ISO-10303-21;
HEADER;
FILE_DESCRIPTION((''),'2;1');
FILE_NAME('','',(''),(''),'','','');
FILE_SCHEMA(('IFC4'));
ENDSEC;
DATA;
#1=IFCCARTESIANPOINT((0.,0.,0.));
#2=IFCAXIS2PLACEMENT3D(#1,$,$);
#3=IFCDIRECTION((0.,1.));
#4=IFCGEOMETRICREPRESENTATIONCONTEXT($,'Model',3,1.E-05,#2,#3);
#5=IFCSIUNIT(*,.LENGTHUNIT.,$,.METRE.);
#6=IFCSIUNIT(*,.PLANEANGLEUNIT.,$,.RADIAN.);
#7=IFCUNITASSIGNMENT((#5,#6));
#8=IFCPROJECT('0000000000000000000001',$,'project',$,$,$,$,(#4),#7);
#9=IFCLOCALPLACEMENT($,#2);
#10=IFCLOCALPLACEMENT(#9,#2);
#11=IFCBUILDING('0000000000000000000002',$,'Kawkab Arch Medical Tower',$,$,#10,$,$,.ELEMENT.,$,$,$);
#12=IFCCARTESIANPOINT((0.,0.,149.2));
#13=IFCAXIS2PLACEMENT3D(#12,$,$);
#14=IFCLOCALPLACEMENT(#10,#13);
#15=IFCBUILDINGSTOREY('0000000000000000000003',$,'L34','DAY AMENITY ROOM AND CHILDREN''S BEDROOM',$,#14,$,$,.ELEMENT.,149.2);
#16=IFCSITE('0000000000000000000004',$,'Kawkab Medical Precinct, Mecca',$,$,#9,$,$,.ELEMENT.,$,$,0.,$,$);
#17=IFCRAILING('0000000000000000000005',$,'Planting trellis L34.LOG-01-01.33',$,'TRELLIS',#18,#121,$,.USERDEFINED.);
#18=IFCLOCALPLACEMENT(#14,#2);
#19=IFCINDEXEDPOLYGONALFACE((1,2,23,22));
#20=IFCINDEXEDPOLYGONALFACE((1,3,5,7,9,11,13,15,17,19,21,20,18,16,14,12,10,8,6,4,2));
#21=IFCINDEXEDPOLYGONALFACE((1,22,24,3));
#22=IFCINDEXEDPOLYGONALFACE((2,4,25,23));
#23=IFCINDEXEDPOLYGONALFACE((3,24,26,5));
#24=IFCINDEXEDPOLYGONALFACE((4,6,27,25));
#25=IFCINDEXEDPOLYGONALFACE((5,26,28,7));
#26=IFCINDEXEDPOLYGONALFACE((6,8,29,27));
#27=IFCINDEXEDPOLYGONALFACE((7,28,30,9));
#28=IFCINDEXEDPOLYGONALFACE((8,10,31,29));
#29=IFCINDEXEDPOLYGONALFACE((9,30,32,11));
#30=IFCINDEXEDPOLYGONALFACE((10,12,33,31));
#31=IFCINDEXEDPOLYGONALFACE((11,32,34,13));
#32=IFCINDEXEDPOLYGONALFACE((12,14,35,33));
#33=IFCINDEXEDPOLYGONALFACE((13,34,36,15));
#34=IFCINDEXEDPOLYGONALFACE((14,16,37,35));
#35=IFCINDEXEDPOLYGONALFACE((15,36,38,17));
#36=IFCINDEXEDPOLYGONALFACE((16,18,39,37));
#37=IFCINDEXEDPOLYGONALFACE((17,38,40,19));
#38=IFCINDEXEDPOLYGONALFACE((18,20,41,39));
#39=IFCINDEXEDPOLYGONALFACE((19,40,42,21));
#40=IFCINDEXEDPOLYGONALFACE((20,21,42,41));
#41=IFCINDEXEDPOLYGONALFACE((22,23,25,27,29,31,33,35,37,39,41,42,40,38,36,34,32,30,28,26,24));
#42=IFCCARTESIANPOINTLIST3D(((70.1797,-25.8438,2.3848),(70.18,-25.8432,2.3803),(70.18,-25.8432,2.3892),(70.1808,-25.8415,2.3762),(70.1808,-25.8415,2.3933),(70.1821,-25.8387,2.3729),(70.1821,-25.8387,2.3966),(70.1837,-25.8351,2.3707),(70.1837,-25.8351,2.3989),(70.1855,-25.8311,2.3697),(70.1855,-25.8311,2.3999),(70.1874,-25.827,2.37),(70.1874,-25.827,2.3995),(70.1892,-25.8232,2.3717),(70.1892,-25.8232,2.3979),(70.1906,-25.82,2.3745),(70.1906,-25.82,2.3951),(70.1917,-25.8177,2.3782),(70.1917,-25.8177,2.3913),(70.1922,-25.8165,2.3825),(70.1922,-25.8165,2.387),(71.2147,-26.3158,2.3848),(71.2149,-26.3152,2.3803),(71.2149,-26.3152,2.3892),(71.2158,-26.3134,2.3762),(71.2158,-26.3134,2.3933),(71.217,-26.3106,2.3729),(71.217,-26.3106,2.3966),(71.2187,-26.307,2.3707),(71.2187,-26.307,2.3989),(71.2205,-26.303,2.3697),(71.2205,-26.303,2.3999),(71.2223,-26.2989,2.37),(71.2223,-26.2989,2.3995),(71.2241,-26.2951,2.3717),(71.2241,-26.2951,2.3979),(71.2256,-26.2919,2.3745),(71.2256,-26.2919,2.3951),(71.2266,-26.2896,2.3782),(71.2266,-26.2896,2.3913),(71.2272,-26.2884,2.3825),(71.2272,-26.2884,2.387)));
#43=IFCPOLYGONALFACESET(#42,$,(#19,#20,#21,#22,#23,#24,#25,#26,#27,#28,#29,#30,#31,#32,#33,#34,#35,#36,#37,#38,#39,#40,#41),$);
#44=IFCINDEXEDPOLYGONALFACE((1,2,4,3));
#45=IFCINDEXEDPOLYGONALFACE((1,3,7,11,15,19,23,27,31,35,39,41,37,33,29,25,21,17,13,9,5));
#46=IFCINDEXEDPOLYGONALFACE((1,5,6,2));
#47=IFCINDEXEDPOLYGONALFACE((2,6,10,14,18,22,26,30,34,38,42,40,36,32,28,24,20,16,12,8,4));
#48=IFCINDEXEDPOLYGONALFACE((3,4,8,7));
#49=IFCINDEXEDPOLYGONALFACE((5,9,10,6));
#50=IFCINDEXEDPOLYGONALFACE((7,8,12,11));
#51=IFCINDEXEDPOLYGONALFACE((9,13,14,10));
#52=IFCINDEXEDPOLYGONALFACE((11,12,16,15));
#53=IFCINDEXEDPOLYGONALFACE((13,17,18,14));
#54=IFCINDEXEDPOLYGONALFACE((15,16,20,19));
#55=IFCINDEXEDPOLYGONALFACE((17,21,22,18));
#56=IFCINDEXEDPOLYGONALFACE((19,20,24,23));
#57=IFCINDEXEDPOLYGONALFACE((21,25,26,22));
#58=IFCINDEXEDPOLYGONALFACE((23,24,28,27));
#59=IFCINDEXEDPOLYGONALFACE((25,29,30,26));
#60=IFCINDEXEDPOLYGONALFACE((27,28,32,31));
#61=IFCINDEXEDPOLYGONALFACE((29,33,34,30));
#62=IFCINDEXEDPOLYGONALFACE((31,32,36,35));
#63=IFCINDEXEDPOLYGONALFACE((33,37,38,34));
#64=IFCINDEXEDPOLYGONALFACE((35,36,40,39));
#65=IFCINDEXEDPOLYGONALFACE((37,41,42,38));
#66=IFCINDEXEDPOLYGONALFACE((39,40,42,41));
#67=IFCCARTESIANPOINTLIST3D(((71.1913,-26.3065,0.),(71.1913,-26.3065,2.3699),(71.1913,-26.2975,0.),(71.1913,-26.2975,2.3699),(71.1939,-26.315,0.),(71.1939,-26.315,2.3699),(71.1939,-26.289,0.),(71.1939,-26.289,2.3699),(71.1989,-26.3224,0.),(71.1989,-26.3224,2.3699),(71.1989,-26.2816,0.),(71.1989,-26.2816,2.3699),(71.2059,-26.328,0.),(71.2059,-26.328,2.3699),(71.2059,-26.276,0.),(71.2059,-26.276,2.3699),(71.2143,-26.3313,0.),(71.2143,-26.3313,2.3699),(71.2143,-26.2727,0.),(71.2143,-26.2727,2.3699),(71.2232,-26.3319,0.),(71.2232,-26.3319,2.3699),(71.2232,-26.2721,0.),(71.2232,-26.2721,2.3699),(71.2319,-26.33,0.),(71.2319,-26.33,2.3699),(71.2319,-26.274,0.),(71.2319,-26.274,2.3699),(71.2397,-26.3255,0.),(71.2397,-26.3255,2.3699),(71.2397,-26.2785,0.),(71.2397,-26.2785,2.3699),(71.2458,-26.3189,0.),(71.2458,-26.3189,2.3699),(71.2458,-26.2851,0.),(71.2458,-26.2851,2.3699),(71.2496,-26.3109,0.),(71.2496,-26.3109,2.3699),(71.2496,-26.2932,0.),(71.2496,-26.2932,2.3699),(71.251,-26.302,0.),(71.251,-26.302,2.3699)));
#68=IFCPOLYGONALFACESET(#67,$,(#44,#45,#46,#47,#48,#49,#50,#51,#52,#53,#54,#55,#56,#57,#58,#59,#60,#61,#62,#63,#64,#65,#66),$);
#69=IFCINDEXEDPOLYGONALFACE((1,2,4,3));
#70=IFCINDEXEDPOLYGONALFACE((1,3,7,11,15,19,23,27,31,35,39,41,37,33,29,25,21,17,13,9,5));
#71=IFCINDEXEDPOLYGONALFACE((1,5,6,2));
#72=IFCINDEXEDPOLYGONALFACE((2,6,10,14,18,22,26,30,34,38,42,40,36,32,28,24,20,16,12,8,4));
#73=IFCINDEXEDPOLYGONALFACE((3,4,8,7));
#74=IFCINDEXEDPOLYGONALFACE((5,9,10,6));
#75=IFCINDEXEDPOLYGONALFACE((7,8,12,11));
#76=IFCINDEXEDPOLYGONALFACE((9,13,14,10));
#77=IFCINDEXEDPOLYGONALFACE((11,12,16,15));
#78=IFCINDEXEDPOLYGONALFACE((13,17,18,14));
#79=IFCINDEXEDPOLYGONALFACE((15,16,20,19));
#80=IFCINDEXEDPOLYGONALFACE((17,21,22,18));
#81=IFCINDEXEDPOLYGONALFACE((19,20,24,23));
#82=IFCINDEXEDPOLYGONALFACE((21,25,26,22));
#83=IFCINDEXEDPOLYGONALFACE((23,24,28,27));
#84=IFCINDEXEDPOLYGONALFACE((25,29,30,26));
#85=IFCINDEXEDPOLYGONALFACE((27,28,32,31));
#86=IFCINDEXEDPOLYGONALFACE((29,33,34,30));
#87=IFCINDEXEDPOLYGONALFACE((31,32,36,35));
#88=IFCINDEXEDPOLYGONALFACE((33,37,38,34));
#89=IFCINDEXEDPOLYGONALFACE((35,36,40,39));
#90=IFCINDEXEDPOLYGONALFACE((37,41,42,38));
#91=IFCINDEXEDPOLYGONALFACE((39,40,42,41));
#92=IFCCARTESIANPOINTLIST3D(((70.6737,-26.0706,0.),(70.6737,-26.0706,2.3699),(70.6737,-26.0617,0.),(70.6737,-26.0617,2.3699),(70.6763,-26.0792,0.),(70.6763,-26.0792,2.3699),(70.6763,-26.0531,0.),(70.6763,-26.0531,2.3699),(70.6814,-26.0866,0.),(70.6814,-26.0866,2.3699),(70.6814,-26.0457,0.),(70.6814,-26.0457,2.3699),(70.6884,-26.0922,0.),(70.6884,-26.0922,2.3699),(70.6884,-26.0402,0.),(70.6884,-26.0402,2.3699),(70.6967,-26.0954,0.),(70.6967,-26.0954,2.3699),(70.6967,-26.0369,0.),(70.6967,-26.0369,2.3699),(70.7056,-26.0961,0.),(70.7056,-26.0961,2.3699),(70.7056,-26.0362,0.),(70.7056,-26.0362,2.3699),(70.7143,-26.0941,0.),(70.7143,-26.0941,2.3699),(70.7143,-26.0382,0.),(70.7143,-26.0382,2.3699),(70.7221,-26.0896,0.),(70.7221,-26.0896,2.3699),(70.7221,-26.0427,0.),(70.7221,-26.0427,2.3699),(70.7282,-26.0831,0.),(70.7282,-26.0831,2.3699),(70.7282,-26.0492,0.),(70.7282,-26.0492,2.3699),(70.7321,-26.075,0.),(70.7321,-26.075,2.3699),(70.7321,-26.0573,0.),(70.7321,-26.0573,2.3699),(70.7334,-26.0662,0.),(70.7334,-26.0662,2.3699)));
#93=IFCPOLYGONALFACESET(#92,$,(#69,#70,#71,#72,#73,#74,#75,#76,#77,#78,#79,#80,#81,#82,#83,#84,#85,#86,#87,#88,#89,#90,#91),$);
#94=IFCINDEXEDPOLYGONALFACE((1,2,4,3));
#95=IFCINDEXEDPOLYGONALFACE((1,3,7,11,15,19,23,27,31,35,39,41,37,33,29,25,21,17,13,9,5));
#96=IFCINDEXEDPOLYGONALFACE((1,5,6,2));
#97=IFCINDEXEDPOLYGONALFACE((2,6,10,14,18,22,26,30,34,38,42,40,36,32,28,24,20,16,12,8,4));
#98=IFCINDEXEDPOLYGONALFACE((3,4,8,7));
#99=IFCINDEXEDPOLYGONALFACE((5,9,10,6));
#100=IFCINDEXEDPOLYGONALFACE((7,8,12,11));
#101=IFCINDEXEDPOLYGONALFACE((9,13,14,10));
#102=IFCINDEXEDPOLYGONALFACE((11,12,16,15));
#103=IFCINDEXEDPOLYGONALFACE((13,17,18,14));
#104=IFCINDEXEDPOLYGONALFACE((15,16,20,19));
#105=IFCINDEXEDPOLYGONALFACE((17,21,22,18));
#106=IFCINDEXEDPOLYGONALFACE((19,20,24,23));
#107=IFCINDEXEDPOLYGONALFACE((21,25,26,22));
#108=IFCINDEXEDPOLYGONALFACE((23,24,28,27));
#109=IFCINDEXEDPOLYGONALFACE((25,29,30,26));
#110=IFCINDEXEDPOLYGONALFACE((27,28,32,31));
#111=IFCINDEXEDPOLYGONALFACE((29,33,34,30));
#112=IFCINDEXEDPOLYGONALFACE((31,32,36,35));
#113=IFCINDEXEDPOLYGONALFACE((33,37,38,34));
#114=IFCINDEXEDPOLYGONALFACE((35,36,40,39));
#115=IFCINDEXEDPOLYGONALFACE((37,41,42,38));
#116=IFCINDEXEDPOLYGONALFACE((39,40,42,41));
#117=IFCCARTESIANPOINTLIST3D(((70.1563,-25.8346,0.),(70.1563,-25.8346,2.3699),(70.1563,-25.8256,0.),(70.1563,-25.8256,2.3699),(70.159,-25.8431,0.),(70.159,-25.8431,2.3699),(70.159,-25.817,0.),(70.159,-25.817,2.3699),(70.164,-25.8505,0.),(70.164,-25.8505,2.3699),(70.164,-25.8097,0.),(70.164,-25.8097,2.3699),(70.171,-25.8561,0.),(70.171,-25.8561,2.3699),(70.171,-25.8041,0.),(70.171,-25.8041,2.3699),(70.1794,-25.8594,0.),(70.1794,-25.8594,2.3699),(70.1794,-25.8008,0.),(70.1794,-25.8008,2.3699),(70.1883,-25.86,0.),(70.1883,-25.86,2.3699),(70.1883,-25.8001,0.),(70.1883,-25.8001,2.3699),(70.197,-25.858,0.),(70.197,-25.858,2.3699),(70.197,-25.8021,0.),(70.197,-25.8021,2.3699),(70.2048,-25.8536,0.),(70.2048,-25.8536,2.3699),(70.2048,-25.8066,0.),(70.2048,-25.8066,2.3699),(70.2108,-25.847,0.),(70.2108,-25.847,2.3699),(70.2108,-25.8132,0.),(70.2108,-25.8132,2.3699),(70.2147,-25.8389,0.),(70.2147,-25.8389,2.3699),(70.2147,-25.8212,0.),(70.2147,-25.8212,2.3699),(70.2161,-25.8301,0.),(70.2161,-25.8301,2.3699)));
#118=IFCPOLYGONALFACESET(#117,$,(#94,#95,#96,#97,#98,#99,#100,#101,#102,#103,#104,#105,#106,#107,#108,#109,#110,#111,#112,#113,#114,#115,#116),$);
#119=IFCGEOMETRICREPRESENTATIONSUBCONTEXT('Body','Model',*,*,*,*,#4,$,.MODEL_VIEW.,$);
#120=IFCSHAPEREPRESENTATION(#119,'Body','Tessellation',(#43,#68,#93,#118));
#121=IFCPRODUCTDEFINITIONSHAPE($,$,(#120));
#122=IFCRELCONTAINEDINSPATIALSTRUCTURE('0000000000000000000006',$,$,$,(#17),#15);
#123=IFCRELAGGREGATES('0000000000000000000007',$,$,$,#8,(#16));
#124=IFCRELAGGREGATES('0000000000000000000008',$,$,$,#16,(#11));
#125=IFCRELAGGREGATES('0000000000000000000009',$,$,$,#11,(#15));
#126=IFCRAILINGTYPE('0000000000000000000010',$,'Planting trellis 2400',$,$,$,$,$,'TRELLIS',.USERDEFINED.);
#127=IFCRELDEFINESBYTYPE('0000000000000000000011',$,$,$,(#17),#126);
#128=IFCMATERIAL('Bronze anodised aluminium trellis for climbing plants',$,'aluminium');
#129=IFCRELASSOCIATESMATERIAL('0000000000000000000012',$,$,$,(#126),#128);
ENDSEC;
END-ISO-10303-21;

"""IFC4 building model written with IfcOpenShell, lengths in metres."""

from ifc_helpers import new_model, si_unit, direction, frame, origin, origin_2d, place, context, subcontext, project, spatial, circle, extrude, material, type_object, element, save


model = new_model("IFC4")

# Units and contexts
model_context = context("Model", 3, precision=1e-05, world=origin(), true_north=direction((0.0, 1.0)))
body_context = subcontext(model_context, "Body", "Model", "MODEL_VIEW")
ifc_project = project(units=[si_unit("LENGTHUNIT", "METRE"), si_unit("PLANEANGLEUNIT", "RADIAN")], contexts=[model_context])

# Site, building, storey
site_placement = place(None, origin())
site = spatial("IfcSite", under=ifc_project, at=site_placement, Name="Kawkab Medical Precinct, Mecca", CompositionType="ELEMENT", RefElevation=0.0)
building_placement = place(site_placement, origin())
building = spatial("IfcBuilding", under=site, at=building_placement, Name="Kawkab Arch Medical Tower", CompositionType="ELEMENT")
storey_placement = place(building_placement, frame((0.0, 0.0, 149.2)))
storey = spatial("IfcBuildingStorey", under=building, at=storey_placement, Name="L34", Description="DAY AMENITY ROOM AND CHILDREN'S BEDROOM", CompositionType="ELEMENT", Elevation=149.2)

# Railing
ifc_material_1 = material(Name="Bronze anodised aluminium trellis for climbing plants", Category="aluminium")
railing_type = type_object("IfcRailingType", Name="Planting trellis 2400", ElementType="TRELLIS", PredefinedType="USERDEFINED", material=ifc_material_1)
railing_1_placement = place(storey_placement, frame((71.2209, -26.302, 0.0)))
element("IfcRailing", 1, at=railing_1_placement, inside=storey, type_object=railing_type, Name="Planting trellis L34.LOG-01-01.33", ObjectType="TRELLIS", PredefinedType="USERDEFINED", context=body_context, shape_type="SweptSolid", body=[
    extrude(circle(Radius=0.0151, at=origin_2d()), frame((0.0, 0.0, 2.3848), z_axis=(-0.909866, 0.414902, 0.0), x_axis=(-0.414902, -0.909866, 0.0)), (0.0, 0.0, 1.0), 1.1375),
    extrude(circle(Radius=0.03, at=origin_2d()), origin(), (0.0, 0.0, 1.0), 2.3699),
    extrude(circle(Radius=0.03, at=origin_2d()), frame((-0.5176, 0.2358, 0.0)), (0.0, 0.0, 1.0), 2.3699),
    extrude(circle(Radius=0.03, at=origin_2d()), frame((-1.0349, 0.4719, 0.0)), (0.0, 0.0, 1.0), 2.3699),
])

save(model, "model.ifc")
